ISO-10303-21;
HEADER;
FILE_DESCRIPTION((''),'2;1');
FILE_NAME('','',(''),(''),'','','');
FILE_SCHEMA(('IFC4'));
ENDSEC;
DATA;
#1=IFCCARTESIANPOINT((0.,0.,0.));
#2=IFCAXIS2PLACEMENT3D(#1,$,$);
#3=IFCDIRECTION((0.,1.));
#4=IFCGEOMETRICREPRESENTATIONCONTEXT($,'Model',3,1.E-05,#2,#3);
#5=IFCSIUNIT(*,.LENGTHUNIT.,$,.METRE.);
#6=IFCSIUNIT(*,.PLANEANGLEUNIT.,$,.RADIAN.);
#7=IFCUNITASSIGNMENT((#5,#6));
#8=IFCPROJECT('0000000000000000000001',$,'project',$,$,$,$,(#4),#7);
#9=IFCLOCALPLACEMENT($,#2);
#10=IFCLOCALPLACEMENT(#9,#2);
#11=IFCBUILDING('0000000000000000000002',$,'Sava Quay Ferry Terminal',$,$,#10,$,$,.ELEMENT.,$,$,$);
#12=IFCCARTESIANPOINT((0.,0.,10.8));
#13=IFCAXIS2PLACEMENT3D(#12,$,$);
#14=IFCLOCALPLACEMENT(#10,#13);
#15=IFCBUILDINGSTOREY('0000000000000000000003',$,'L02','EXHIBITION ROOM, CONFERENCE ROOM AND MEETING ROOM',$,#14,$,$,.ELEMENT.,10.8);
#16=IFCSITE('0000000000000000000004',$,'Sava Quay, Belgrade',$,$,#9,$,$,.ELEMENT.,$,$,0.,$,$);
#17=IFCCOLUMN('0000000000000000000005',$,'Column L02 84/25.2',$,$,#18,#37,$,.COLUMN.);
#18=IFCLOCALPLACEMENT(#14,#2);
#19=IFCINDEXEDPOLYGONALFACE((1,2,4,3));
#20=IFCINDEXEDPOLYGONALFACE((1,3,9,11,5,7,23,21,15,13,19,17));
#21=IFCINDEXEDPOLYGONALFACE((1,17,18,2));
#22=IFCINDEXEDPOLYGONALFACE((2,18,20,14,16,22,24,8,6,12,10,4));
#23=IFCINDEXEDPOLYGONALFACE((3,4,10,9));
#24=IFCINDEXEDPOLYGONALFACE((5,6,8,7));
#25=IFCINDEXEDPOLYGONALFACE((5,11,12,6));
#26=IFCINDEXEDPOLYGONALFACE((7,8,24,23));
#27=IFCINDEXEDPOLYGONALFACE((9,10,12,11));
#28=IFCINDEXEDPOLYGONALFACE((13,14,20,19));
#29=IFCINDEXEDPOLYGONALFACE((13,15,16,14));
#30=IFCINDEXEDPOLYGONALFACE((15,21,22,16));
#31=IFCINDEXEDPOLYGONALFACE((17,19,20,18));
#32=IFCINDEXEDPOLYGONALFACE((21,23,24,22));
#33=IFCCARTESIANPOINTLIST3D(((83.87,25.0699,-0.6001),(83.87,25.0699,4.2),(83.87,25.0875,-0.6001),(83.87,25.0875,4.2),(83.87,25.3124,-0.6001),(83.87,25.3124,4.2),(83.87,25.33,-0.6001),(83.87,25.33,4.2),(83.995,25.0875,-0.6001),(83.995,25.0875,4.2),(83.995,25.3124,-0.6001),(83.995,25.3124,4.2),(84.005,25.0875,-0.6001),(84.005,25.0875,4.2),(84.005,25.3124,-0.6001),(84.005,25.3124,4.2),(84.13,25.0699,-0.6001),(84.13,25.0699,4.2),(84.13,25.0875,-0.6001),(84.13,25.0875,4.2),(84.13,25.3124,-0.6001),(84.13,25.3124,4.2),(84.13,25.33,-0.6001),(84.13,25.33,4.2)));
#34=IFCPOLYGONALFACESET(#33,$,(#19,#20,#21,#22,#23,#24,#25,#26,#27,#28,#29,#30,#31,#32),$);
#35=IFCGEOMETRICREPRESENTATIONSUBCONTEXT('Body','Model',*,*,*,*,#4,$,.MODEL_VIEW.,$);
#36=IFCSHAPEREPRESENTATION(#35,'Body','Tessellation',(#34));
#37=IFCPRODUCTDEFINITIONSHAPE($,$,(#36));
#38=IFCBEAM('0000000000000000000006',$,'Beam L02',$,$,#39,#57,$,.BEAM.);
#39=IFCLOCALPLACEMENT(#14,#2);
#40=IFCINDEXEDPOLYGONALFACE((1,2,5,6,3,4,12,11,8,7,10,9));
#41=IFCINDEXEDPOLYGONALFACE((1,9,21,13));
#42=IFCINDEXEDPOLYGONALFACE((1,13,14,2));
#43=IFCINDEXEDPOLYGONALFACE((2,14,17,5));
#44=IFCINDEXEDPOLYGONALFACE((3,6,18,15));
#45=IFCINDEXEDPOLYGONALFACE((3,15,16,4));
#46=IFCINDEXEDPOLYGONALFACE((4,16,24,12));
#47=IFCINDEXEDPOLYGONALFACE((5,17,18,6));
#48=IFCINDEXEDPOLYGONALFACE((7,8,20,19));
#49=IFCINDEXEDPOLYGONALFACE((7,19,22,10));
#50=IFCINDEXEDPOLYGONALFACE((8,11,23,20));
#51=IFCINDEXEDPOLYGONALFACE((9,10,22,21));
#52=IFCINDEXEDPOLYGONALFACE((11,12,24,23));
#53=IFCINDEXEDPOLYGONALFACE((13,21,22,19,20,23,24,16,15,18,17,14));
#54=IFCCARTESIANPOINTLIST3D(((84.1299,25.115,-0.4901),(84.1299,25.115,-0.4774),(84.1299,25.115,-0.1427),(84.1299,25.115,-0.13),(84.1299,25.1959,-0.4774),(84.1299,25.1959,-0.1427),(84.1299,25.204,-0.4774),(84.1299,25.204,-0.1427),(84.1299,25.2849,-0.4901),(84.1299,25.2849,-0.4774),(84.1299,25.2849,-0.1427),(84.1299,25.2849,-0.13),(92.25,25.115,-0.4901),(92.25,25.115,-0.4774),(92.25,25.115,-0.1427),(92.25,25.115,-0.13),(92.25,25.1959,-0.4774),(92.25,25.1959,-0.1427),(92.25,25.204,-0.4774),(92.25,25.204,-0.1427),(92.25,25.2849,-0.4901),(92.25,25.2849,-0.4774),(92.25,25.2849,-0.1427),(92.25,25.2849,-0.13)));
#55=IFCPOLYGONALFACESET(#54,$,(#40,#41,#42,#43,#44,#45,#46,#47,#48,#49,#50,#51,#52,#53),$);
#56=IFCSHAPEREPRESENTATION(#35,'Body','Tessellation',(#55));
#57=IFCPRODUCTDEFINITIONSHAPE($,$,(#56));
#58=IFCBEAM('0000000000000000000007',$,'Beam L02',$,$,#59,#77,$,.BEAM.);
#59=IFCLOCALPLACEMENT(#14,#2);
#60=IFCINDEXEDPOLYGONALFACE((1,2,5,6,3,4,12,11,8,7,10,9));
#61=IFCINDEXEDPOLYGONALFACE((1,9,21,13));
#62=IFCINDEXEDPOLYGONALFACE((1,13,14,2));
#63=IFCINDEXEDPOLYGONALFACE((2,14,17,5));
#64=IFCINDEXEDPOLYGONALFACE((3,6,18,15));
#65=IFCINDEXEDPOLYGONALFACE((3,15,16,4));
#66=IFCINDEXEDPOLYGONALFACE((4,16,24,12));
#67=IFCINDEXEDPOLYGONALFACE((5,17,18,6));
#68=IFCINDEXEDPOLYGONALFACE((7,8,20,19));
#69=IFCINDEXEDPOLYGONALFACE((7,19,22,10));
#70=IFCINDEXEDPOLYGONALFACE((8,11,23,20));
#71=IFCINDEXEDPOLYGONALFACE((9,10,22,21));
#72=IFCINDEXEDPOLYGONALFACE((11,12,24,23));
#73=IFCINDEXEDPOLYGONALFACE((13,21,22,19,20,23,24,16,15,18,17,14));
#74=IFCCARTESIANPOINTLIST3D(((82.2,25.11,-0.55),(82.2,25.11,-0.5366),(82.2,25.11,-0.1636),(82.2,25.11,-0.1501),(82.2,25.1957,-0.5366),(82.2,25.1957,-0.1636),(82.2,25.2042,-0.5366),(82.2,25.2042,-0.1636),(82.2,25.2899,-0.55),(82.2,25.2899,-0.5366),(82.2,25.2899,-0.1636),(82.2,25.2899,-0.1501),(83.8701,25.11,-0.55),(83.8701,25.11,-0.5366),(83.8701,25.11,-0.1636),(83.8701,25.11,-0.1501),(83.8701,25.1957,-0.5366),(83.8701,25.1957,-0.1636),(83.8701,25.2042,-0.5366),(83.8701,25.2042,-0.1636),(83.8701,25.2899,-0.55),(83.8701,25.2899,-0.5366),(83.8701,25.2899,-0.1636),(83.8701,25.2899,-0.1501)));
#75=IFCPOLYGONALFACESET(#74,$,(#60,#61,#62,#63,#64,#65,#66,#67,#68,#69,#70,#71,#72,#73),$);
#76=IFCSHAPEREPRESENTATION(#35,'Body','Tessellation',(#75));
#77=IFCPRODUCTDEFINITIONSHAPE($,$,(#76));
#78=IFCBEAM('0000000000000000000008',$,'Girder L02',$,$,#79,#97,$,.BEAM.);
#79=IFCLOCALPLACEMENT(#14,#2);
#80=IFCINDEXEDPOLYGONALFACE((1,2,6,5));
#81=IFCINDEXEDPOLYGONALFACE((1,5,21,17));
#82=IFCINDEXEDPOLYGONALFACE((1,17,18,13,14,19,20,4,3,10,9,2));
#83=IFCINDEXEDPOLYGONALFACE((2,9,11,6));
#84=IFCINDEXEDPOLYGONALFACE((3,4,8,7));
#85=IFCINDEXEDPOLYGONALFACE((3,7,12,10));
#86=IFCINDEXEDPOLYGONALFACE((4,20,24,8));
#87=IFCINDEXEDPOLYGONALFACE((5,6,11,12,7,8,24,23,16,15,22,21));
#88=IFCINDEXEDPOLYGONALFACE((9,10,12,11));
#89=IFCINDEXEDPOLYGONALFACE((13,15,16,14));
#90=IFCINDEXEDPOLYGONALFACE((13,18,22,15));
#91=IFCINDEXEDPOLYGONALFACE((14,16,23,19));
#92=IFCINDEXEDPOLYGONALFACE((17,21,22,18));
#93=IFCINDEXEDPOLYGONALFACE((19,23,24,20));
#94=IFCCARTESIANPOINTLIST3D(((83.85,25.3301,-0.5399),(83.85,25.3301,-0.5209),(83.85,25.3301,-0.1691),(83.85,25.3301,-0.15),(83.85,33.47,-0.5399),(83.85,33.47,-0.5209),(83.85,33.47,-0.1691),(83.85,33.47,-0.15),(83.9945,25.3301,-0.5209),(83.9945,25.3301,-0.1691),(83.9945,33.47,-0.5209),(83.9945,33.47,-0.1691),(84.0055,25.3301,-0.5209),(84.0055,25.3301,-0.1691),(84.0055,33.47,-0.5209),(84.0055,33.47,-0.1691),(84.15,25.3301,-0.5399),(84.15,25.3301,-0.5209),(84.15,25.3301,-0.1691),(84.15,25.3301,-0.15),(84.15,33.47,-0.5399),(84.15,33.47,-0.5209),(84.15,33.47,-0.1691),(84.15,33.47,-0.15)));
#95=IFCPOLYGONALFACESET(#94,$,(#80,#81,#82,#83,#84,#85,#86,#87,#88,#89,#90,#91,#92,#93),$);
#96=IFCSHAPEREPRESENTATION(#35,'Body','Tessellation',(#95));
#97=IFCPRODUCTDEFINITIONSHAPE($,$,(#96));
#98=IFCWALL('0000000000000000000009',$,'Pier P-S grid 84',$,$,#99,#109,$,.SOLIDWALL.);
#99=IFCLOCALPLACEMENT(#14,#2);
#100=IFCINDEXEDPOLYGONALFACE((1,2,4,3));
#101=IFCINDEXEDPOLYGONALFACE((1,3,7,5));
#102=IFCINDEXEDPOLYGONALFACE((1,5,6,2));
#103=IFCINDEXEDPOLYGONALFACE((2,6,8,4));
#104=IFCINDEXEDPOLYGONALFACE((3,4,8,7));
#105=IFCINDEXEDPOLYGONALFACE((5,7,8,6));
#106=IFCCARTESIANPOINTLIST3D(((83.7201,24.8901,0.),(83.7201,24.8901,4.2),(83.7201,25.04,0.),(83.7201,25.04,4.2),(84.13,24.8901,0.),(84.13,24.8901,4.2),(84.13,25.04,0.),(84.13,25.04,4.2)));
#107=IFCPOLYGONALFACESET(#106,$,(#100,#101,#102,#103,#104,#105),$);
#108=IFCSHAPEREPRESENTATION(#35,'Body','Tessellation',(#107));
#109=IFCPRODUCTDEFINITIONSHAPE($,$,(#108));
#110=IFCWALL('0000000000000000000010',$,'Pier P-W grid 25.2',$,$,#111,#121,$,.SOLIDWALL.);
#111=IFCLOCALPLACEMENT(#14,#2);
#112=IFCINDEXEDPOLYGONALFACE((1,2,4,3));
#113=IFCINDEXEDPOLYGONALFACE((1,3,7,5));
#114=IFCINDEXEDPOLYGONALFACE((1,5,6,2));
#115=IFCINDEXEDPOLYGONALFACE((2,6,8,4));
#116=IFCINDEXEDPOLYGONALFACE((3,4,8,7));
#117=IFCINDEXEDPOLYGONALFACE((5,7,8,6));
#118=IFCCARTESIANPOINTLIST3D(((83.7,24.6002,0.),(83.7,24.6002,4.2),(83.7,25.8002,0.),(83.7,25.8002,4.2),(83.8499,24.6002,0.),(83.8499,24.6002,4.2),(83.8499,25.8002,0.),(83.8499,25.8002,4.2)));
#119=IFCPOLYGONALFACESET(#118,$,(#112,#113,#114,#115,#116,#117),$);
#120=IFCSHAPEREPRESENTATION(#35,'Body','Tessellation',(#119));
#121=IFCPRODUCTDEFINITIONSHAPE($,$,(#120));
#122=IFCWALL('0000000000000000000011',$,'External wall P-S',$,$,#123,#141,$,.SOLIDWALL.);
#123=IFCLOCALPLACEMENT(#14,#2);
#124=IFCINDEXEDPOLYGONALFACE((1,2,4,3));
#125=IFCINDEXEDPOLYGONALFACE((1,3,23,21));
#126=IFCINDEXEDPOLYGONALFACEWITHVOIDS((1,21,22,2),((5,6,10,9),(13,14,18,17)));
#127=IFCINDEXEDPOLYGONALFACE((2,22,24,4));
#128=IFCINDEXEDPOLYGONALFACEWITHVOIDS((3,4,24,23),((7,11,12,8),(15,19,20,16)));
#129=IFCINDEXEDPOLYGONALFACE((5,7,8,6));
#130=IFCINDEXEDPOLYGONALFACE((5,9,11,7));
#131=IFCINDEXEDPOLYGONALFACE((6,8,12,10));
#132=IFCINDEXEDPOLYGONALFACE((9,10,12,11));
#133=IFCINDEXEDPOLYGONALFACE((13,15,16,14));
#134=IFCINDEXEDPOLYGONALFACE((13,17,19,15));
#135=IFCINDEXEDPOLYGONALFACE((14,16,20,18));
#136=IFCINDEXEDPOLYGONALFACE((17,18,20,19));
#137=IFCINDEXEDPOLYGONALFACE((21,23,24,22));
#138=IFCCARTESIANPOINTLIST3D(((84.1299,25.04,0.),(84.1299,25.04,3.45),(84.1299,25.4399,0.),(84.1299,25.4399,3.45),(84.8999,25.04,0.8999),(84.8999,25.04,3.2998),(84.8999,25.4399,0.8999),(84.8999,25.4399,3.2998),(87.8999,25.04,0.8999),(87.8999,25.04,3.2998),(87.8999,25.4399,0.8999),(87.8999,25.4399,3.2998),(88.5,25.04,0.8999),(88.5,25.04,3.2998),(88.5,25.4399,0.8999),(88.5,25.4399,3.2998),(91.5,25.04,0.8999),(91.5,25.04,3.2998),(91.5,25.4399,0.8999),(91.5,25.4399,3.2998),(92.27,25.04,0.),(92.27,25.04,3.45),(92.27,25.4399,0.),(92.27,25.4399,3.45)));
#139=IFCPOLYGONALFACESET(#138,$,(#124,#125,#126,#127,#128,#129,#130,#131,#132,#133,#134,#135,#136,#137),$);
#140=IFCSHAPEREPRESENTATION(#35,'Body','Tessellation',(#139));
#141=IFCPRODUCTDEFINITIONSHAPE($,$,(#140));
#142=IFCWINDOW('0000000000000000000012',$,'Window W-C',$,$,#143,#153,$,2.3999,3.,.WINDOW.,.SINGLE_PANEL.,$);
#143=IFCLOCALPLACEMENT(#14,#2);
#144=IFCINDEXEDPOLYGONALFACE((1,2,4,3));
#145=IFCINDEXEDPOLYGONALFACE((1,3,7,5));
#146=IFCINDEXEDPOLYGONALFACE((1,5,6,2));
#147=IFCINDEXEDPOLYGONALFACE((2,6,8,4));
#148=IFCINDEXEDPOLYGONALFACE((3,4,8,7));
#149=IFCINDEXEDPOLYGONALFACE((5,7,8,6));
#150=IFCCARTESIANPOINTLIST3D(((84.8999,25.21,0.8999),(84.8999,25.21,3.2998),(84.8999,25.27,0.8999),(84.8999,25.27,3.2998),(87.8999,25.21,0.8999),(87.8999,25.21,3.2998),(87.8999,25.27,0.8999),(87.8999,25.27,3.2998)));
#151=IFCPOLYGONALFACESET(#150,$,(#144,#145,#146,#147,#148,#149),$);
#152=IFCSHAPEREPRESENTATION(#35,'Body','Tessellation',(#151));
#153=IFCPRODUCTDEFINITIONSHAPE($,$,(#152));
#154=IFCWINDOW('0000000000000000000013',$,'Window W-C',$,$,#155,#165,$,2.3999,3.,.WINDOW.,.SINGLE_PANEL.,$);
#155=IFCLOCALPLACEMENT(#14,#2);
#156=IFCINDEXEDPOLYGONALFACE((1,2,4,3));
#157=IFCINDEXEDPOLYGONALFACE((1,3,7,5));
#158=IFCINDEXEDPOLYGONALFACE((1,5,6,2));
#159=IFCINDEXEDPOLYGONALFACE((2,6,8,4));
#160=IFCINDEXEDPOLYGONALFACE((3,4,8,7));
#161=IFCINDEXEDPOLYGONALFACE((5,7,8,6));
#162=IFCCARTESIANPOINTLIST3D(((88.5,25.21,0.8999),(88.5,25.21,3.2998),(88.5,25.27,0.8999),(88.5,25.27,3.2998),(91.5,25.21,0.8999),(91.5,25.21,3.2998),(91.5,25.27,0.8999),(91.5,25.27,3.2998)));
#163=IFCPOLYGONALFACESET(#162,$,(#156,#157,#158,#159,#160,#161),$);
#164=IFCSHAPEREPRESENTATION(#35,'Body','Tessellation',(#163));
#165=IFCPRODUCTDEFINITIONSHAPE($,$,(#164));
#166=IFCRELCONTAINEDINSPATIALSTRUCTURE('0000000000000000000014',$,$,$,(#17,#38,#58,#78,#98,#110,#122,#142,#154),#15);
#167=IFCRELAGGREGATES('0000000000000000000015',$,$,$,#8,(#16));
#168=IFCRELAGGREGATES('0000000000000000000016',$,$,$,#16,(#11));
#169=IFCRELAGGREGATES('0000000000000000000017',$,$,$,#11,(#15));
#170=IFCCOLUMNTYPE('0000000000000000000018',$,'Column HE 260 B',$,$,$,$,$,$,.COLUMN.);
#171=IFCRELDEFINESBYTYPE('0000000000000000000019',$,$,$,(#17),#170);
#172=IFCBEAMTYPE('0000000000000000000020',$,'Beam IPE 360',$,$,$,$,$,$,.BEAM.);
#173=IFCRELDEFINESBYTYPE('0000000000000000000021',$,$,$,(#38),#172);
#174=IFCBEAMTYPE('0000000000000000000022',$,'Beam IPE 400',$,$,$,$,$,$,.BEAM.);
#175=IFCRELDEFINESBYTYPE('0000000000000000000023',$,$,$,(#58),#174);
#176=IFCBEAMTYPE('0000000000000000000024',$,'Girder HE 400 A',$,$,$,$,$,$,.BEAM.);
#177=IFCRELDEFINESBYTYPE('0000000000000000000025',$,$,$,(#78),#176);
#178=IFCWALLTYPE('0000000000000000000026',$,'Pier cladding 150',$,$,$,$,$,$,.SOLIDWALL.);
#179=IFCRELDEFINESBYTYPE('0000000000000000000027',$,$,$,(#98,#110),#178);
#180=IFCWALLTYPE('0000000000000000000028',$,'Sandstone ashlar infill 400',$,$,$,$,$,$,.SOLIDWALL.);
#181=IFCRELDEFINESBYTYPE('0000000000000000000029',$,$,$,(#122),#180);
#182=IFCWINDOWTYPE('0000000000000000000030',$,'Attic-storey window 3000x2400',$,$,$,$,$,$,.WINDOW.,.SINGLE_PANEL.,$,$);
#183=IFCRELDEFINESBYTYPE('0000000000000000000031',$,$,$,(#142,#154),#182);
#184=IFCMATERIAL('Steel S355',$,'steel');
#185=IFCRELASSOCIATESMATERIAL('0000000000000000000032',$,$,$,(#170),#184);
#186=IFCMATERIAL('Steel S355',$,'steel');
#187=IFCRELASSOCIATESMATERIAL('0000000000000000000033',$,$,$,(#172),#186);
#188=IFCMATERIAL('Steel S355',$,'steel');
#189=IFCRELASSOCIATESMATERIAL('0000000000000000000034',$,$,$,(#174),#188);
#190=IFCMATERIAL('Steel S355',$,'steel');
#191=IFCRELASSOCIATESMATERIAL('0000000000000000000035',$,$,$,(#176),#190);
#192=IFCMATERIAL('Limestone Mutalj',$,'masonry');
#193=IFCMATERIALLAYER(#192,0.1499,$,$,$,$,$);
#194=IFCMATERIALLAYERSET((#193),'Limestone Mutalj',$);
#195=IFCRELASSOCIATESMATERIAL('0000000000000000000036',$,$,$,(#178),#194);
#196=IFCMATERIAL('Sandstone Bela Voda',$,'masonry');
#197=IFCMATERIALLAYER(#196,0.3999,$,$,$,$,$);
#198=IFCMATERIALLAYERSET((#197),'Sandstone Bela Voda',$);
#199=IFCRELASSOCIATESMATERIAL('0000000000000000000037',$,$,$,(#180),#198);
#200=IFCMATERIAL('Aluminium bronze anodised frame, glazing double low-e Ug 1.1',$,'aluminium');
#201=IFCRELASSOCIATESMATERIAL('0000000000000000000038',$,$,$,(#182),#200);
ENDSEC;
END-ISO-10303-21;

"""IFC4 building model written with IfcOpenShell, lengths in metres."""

from ifc_helpers import new_model, si_unit, direction, frame, frame_2d, origin, origin_2d, place, context, subcontext, project, spatial, rectangle, i_section, extrude, material, layer, layer_set, material_profile, profile_set, type_object, element, fill, save


model = new_model("IFC4")

# Units and contexts
model_context = context("Model", 3, precision=1e-05, world=origin(), true_north=direction((0.0, 1.0)))
body_context = subcontext(model_context, "Body", "Model", "MODEL_VIEW")
ifc_project = project(units=[si_unit("LENGTHUNIT", "METRE"), si_unit("PLANEANGLEUNIT", "RADIAN")], contexts=[model_context])

# Site, building, storey
site_placement = place(None, origin())
site = spatial("IfcSite", under=ifc_project, at=site_placement, Name="Sava Quay, Belgrade", CompositionType="ELEMENT", RefElevation=0.0)
building_placement = place(site_placement, origin())
building = spatial("IfcBuilding", under=site, at=building_placement, Name="Sava Quay Ferry Terminal", CompositionType="ELEMENT")
storey_placement = place(building_placement, frame((0.0, 0.0, 10.8)))
storey = spatial("IfcBuildingStorey", under=building, at=storey_placement, Name="L02", Description="EXHIBITION ROOM, CONFERENCE ROOM AND MEETING ROOM", CompositionType="ELEMENT", Elevation=10.8)

# Column
ifc_material_1 = material(Name="Steel S355", Category="steel")
ifc_material_profile_1 = material_profile(ifc_material_1, i_section(OverallWidth=0.26, OverallDepth=0.26, WebThickness=0.01, FlangeThickness=0.0176, at=origin_2d()), Name="HE 260 B")
ifc_profile_set_1 = profile_set([ifc_material_profile_1], Name="Steel S355")
column_type = type_object("IfcColumnType", Name="Column HE 260 B", PredefinedType="COLUMN", material=ifc_profile_set_1)
column_placement = place(storey_placement, frame((84.0, 25.2, -0.6001), z_axis=(0.0, 0.0, 1.0), x_axis=(1.0, 0.0, 0.0)))
element("IfcColumn", 1, at=column_placement, inside=storey, type_object=column_type, Name="Column L02 84/25.2", PredefinedType="COLUMN", context=body_context, shape_type="SweptSolid", body=[
    extrude(i_section(OverallWidth=0.26, OverallDepth=0.26, WebThickness=0.01, FlangeThickness=0.0176, at=origin_2d()), origin(), (0.0, 0.0, 1.0), 4.8),
])

# Beams
ifc_material_2 = material(Name="Steel S355", Category="steel")
ifc_material_profile_2 = material_profile(ifc_material_2, i_section(OverallWidth=0.1699, OverallDepth=0.3601, WebThickness=0.0081, FlangeThickness=0.0127, at=origin_2d()), Name="IPE 360")
ifc_profile_set_2 = profile_set([ifc_material_profile_2], Name="Steel S355")
beam_type_1 = type_object("IfcBeamType", Name="Beam IPE 360", PredefinedType="BEAM", material=ifc_profile_set_2)
beam_1_placement = place(storey_placement, frame((84.1299, 25.2, -0.3101), z_axis=(1.0, 0.0, 0.0), x_axis=(0.0, 1.0, 0.0)))
element("IfcBeam", 2, at=beam_1_placement, inside=storey, type_object=beam_type_1, Name="Beam L02", PredefinedType="BEAM", context=body_context, shape_type="SweptSolid", body=[
    extrude(i_section(OverallWidth=0.1699, OverallDepth=0.3601, WebThickness=0.0081, FlangeThickness=0.0127, at=origin_2d()), origin(), (0.0, 0.0, 1.0), 8.1201),
])
ifc_material_3 = material(Name="Steel S355", Category="steel")
ifc_material_profile_3 = material_profile(ifc_material_3, i_section(OverallWidth=0.1799, OverallDepth=0.3999, WebThickness=0.0085, FlangeThickness=0.0134, at=origin_2d()), Name="IPE 400")
ifc_profile_set_3 = profile_set([ifc_material_profile_3], Name="Steel S355")
beam_type_2 = type_object("IfcBeamType", Name="Beam IPE 400", PredefinedType="BEAM", material=ifc_profile_set_3)
beam_2_placement = place(storey_placement, frame((82.2, 25.2, -0.3501), z_axis=(1.0, 0.0, 0.0), x_axis=(0.0, 1.0, 0.0)))
element("IfcBeam", 3, at=beam_2_placement, inside=storey, type_object=beam_type_2, Name="Beam L02", PredefinedType="BEAM", context=body_context, shape_type="SweptSolid", body=[
    extrude(i_section(OverallWidth=0.1799, OverallDepth=0.3999, WebThickness=0.0085, FlangeThickness=0.0134, at=origin_2d()), origin(), (0.0, 0.0, 1.0), 1.6702),
])
ifc_material_4 = material(Name="Steel S355", Category="steel")
ifc_material_profile_4 = material_profile(ifc_material_4, i_section(OverallWidth=0.3, OverallDepth=0.3899, WebThickness=0.011, FlangeThickness=0.019, at=origin_2d()), Name="HE 400 A")
ifc_profile_set_4 = profile_set([ifc_material_profile_4], Name="Steel S355")
beam_type_3 = type_object("IfcBeamType", Name="Girder HE 400 A", PredefinedType="BEAM", material=ifc_profile_set_4)
beam_3_placement = place(storey_placement, frame((84.0, 25.3301, -0.345), z_axis=(0.0, 1.0, 0.0), x_axis=(-1.0, 0.0, 0.0)))
element("IfcBeam", 4, at=beam_3_placement, inside=storey, type_object=beam_type_3, Name="Girder L02", PredefinedType="BEAM", context=body_context, shape_type="SweptSolid", body=[
    extrude(i_section(OverallWidth=0.3, OverallDepth=0.3899, WebThickness=0.011, FlangeThickness=0.019, at=origin_2d()), origin(), (0.0, 0.0, 1.0), 8.1399),
])

# Walls
ifc_material_5 = material(Name="Limestone Mutalj", Category="masonry")
ifc_layer_1 = layer(ifc_material_5, 0.1499)
ifc_layer_set_1 = layer_set([ifc_layer_1], Name="Limestone Mutalj")
wall_type_1 = type_object("IfcWallType", Name="Pier cladding 150", PredefinedType="SOLIDWALL", material=ifc_layer_set_1)
wall_1_placement = place(storey_placement, frame((83.72, 24.9651, 0.0), z_axis=(0.0, 0.0, 1.0), x_axis=(1.0, 0.0, 0.0)))
element("IfcWall", 5, at=wall_1_placement, inside=storey, type_object=wall_type_1, Name="Pier P-S grid 84", PredefinedType="SOLIDWALL", context=body_context, shape_type="SweptSolid", body=[
    extrude(rectangle(XDim=0.4099, YDim=0.1499, at=frame_2d((0.2051, 0.0))), origin(), (0.0, 0.0, 1.0), 4.2),
])
wall_2_placement = place(storey_placement, frame((83.7749, 24.6001, 0.0), z_axis=(0.0, 0.0, 1.0), x_axis=(0.0, 1.0, 0.0)))
element("IfcWall", 6, at=wall_2_placement, inside=storey, type_object=wall_type_1, Name="Pier P-W grid 25.2", PredefinedType="SOLIDWALL", context=body_context, shape_type="SweptSolid", body=[
    extrude(rectangle(XDim=1.2, YDim=0.1499, at=frame_2d((0.6001, 0.0))), origin(), (0.0, 0.0, 1.0), 4.2),
])

# Wall, openings, windows
ifc_material_6 = material(Name="Sandstone Bela Voda", Category="masonry")
ifc_layer_2 = layer(ifc_material_6, 0.3999)
ifc_layer_set_2 = layer_set([ifc_layer_2], Name="Sandstone Bela Voda")
wall_type_2 = type_object("IfcWallType", Name="Sandstone ashlar infill 400", PredefinedType="SOLIDWALL", material=ifc_layer_set_2)
wall_3_placement = place(storey_placement, frame((84.1299, 25.24, 0.0), z_axis=(0.0, 0.0, 1.0), x_axis=(1.0, 0.0, 0.0)))
wall_3 = element("IfcWall", 7, at=wall_3_placement, inside=storey, type_object=wall_type_2, Name="External wall P-S", PredefinedType="SOLIDWALL", context=body_context, shape_type="SweptSolid", body=[
    extrude(rectangle(XDim=8.1401, YDim=0.3999, at=frame_2d((4.0701, 0.0))), origin(), (0.0, 0.0, 1.0), 3.45),
])
opening_1_placement = place(wall_3_placement, frame((0.77, 0.0, 0.8999)))
opening_1 = element("IfcOpeningElement", 8, at=opening_1_placement, cuts=wall_3, PredefinedType="OPENING", context=body_context, shape_type="SweptSolid", body=[
    extrude(rectangle(XDim=3.0, YDim=2.3999, at=frame_2d((1.5, 1.2))), frame((0.0, 0.2, 0.0), z_axis=(0.0, -1.0, 0.0), x_axis=(1.0, 0.0, 0.0)), (0.0, 0.0, 1.0), 0.3999),
])
opening_2_placement = place(wall_3_placement, frame((4.3701, 0.0, 0.8999)))
opening_2 = element("IfcOpeningElement", 9, at=opening_2_placement, cuts=wall_3, PredefinedType="OPENING", context=body_context, shape_type="SweptSolid", body=[
    extrude(rectangle(XDim=3.0, YDim=2.3999, at=frame_2d((1.5, 1.2))), frame((0.0, 0.2, 0.0), z_axis=(0.0, -1.0, 0.0), x_axis=(1.0, 0.0, 0.0)), (0.0, 0.0, 1.0), 0.3999),
])
ifc_material_7 = material(Name="Aluminium bronze anodised frame, glazing double low-e Ug 1.1", Category="aluminium")
window_type_1 = type_object("IfcWindowType", Name="Attic-storey window 3000x2400", PartitioningType="SINGLE_PANEL", PredefinedType="WINDOW", material=ifc_material_7)
window_1_placement = place(opening_1_placement, origin())
window_1 = element("IfcWindow", 10, at=window_1_placement, inside=storey, type_object=window_type_1, Name="Window W-C", OverallHeight=2.3999, OverallWidth=3.0, PartitioningType="SINGLE_PANEL", PredefinedType="WINDOW", context=body_context, shape_type="SweptSolid", body=[
    extrude(rectangle(XDim=3.0, YDim=2.3999, at=frame_2d((1.5, 1.2))), frame((0.0, 0.03, 0.0), z_axis=(0.0, -1.0, 0.0), x_axis=(1.0, 0.0, 0.0)), (0.0, 0.0, 1.0), 0.0601),
])
fill(opening_1, window_1)
window_2_placement = place(opening_2_placement, origin())
window_2 = element("IfcWindow", 11, at=window_2_placement, inside=storey, type_object=window_type_1, Name="Window W-C", OverallHeight=2.3999, OverallWidth=3.0, PartitioningType="SINGLE_PANEL", PredefinedType="WINDOW", context=body_context, shape_type="SweptSolid", body=[
    extrude(rectangle(XDim=3.0, YDim=2.3999, at=frame_2d((1.5, 1.2))), frame((0.0, 0.03, 0.0), z_axis=(0.0, -1.0, 0.0), x_axis=(1.0, 0.0, 0.0)), (0.0, 0.0, 1.0), 0.0601),
])
fill(opening_2, window_2)

save(model, "model.ifc")
